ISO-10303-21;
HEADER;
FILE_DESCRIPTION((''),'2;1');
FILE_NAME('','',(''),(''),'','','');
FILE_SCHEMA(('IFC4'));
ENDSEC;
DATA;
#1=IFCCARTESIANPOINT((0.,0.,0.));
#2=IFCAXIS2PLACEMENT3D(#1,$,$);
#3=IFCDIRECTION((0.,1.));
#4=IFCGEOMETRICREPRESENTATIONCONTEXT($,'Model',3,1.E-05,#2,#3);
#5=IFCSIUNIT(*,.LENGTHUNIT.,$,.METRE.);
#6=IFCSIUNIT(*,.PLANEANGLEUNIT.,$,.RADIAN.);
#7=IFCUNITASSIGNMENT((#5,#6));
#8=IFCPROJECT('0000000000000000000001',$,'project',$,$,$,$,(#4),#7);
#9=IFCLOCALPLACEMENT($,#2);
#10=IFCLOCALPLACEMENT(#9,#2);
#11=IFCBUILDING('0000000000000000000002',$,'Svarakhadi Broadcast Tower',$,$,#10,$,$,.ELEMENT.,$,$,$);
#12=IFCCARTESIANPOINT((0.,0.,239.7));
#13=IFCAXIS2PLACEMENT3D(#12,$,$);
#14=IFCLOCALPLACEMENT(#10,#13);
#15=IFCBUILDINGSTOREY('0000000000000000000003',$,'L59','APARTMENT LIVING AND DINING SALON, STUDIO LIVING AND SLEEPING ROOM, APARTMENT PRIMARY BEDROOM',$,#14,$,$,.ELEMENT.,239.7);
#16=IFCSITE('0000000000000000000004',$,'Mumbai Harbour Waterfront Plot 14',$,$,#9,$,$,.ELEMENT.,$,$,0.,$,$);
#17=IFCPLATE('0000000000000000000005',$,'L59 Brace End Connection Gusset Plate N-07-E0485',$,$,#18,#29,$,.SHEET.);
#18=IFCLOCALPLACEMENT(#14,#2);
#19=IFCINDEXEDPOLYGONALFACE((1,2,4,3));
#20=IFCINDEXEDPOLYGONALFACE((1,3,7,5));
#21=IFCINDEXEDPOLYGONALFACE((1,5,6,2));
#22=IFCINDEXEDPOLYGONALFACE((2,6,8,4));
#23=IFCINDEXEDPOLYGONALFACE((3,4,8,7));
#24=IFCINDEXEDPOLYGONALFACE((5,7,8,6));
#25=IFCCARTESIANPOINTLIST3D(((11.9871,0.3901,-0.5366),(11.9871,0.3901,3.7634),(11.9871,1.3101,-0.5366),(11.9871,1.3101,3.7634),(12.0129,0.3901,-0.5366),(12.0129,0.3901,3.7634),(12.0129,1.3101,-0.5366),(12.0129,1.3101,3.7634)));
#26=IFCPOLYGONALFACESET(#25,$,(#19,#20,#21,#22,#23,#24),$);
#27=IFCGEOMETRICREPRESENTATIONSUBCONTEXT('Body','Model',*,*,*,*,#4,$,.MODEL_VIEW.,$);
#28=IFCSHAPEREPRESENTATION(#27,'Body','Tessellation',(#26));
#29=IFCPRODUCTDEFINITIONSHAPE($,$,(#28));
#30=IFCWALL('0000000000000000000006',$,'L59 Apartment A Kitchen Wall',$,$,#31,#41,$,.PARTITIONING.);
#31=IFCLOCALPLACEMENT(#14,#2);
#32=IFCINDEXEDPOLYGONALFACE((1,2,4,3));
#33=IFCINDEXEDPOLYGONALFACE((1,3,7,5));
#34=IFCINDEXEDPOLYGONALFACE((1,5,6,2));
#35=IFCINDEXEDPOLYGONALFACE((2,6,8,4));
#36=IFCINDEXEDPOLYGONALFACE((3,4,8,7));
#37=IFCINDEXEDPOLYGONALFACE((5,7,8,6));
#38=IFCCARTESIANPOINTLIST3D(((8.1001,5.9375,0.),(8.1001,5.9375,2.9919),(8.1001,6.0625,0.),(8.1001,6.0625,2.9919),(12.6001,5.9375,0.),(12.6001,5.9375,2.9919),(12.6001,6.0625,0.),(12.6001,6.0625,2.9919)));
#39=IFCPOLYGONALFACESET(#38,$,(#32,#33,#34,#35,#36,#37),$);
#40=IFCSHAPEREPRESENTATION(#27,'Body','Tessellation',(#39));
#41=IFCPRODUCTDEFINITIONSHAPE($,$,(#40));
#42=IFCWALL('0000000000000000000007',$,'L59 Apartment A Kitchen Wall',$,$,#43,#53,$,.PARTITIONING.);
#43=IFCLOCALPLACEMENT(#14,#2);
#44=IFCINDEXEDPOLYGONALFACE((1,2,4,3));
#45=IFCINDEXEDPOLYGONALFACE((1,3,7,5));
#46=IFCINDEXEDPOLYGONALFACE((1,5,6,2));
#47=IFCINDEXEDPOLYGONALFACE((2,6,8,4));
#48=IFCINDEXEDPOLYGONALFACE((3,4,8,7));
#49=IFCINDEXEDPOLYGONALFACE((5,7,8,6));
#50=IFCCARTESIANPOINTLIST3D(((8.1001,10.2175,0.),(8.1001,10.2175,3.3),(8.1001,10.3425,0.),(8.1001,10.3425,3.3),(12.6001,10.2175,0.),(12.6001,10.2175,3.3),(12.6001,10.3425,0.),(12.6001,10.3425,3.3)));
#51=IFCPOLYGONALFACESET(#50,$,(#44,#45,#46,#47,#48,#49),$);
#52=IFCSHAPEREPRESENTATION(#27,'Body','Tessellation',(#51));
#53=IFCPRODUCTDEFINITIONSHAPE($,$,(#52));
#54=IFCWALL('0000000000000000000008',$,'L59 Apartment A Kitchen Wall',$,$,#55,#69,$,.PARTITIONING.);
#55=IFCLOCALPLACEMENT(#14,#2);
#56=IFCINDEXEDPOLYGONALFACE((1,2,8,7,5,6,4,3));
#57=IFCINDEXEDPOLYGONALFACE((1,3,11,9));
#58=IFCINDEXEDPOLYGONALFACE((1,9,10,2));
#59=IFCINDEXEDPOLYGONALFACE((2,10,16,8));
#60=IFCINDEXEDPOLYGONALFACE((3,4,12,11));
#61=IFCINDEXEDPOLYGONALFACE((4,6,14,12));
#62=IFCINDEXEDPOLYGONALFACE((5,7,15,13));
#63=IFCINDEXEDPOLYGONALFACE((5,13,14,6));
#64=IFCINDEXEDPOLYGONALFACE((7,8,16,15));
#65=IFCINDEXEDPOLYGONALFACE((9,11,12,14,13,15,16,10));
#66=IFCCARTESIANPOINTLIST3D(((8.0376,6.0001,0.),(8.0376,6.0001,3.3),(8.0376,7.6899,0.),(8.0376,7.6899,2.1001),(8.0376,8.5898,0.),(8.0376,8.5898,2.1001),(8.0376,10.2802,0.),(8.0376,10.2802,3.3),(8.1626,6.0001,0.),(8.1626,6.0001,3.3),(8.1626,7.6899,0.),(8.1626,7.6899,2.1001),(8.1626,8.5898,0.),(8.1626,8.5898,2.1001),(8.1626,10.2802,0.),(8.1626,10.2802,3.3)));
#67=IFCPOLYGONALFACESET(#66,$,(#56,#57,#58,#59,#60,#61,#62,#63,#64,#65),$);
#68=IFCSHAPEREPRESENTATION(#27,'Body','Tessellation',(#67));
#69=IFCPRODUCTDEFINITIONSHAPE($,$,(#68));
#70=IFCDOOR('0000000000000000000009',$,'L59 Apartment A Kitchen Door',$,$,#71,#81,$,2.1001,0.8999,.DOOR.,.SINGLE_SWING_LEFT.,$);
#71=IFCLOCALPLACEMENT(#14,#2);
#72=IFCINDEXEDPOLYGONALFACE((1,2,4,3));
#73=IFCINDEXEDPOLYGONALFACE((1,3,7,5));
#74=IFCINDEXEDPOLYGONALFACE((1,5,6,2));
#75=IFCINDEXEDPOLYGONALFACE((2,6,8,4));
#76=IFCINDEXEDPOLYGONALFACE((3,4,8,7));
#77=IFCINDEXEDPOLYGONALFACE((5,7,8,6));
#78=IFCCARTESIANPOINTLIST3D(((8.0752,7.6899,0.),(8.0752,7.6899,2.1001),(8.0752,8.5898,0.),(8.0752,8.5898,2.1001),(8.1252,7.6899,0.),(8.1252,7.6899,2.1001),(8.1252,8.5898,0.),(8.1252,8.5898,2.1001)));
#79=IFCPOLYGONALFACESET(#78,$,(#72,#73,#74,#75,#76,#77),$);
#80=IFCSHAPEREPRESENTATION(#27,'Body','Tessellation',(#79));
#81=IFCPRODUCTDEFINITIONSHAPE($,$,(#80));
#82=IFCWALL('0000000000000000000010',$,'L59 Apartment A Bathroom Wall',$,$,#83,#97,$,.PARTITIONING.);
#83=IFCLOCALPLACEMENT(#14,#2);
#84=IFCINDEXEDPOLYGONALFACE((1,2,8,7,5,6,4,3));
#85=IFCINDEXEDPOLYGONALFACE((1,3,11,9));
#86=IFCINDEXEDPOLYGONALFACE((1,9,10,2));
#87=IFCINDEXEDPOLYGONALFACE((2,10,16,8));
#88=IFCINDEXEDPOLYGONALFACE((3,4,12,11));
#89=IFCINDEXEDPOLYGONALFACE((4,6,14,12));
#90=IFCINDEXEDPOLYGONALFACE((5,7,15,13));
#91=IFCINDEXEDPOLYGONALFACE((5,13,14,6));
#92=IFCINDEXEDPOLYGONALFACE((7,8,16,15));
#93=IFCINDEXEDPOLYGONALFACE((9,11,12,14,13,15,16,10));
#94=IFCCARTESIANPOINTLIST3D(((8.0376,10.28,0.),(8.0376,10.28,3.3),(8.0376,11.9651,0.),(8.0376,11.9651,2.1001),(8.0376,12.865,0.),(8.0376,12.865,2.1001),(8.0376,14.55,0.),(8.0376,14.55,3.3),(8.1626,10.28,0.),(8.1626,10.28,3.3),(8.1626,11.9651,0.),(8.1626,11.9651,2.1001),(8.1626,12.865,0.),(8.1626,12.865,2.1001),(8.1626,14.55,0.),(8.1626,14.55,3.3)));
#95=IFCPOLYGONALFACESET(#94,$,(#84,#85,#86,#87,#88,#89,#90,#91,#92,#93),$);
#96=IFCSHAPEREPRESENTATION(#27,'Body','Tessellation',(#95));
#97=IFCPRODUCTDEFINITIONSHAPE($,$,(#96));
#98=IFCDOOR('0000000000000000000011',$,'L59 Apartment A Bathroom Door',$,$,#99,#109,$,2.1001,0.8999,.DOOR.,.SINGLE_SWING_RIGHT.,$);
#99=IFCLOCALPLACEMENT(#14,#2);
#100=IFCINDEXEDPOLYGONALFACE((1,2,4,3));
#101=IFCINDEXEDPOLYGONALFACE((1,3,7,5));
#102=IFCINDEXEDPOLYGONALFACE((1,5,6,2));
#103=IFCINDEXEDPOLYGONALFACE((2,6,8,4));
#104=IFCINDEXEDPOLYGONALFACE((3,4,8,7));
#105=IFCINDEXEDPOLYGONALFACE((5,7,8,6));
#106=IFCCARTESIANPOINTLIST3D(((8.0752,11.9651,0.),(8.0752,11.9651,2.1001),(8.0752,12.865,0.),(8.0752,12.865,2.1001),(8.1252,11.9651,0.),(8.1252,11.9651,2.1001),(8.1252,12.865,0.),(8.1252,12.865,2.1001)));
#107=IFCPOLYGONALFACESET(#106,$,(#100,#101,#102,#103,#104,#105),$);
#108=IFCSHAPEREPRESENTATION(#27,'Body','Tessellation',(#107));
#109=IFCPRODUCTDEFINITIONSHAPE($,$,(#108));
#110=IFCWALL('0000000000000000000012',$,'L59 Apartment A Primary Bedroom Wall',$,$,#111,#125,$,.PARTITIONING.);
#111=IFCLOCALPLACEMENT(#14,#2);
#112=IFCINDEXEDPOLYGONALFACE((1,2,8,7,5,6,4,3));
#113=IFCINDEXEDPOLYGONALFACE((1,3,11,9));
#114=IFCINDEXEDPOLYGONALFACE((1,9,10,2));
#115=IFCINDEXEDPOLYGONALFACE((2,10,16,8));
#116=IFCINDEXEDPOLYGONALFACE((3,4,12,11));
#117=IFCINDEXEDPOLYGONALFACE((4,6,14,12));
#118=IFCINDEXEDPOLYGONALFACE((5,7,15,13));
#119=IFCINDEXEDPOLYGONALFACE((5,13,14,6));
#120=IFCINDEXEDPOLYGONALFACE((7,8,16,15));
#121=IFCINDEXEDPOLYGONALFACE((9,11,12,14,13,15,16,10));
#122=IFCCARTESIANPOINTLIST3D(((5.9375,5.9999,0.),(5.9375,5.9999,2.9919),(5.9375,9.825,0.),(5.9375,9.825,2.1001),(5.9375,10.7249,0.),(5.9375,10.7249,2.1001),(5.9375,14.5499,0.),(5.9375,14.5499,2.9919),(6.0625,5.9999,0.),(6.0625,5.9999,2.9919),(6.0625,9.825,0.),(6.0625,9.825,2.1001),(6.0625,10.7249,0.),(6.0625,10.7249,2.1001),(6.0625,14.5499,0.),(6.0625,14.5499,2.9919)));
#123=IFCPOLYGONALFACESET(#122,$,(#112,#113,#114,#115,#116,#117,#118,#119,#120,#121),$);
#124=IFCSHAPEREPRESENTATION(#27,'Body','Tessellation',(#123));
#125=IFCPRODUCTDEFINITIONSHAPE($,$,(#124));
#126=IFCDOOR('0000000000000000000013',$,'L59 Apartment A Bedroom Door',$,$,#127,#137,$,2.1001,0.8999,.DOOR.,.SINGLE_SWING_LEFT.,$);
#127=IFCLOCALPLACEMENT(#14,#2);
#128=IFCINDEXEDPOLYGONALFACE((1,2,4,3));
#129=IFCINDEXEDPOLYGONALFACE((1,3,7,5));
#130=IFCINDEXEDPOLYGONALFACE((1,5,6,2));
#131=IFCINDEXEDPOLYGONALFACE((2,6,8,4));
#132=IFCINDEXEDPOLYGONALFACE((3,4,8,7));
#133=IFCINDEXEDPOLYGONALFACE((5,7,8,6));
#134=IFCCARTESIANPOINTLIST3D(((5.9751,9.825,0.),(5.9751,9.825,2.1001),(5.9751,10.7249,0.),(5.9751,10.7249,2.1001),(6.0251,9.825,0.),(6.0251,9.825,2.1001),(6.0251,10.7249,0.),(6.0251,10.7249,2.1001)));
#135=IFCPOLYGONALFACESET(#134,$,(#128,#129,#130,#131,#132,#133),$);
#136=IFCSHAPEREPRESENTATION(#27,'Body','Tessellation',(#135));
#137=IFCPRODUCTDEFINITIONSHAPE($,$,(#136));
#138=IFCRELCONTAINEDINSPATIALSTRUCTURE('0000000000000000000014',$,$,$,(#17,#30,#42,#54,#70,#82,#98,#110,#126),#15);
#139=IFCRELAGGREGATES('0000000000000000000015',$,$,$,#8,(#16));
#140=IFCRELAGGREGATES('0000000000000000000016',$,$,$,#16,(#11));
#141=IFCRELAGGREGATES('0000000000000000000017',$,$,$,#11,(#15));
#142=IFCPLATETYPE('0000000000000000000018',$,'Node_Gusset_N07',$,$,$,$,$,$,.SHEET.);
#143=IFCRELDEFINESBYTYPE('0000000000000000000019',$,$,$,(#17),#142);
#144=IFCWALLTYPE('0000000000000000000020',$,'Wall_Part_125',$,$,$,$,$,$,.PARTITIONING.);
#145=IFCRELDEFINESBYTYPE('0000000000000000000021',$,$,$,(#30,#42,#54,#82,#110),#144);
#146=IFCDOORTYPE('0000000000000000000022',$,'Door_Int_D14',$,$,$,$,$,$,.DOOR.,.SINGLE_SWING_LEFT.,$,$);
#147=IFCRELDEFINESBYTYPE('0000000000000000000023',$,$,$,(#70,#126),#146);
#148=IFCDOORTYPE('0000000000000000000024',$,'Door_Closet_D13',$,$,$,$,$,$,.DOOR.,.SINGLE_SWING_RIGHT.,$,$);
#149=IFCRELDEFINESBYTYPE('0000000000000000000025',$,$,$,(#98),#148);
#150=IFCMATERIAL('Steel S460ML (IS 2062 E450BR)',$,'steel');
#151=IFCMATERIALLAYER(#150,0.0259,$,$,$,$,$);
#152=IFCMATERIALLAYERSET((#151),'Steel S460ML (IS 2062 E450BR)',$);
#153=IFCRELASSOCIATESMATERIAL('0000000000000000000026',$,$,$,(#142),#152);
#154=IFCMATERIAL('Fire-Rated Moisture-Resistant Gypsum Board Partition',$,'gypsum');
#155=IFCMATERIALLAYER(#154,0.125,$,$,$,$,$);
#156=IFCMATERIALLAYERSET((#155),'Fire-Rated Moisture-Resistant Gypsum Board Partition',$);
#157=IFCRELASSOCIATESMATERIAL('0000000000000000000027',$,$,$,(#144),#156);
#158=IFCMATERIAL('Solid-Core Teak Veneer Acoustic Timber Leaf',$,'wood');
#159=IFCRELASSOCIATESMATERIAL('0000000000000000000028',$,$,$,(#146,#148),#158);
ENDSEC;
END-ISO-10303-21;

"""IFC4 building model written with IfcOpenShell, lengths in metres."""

from ifc_helpers import new_model, si_unit, direction, frame, frame_2d, origin, origin_2d, place, context, subcontext, project, spatial, rectangle, extrude, material, layer, layer_set, type_object, element, fill, save


model = new_model("IFC4")

# Units and contexts
model_context = context("Model", 3, precision=1e-05, world=origin(), true_north=direction((0.0, 1.0)))
body_context = subcontext(model_context, "Body", "Model", "MODEL_VIEW")
ifc_project = project(units=[si_unit("LENGTHUNIT", "METRE"), si_unit("PLANEANGLEUNIT", "RADIAN")], contexts=[model_context])

# Site, building, storey
site_placement = place(None, origin())
site = spatial("IfcSite", under=ifc_project, at=site_placement, Name="Mumbai Harbour Waterfront Plot 14", CompositionType="ELEMENT", RefElevation=0.0)
building_placement = place(site_placement, origin())
building = spatial("IfcBuilding", under=site, at=building_placement, Name="Svarakhadi Broadcast Tower", CompositionType="ELEMENT")
storey_placement = place(building_placement, frame((0.0, 0.0, 239.7)))
storey = spatial("IfcBuildingStorey", under=building, at=storey_placement, Name="L59", Description="APARTMENT LIVING AND DINING SALON, STUDIO LIVING AND SLEEPING ROOM, APARTMENT PRIMARY BEDROOM", CompositionType="ELEMENT", Elevation=239.7)

# Shared definitions
ifc_material_1 = material(Name="Steel S460ML (IS 2062 E450BR)", Category="steel")

# Plate
ifc_layer_1 = layer(ifc_material_1, 0.0259)
ifc_layer_set_1 = layer_set([ifc_layer_1], Name="Steel S460ML (IS 2062 E450BR)")
plate_type = type_object("IfcPlateType", Name="Node_Gusset_N07", PredefinedType="SHEET", material=ifc_layer_set_1)
plate_placement = place(storey_placement, frame((12.0, 0.8501, -0.5366), z_axis=(0.0, 0.0, 1.0), x_axis=(0.0, 1.0, 0.0)))
element("IfcPlate", 1, at=plate_placement, inside=storey, type_object=plate_type, Name="L59 Brace End Connection Gusset Plate N-07-E0485", PredefinedType="SHEET", context=body_context, shape_type="SweptSolid", body=[
    extrude(rectangle(XDim=0.9199, YDim=0.0259, at=origin_2d()), origin(), (0.0, 0.0, 1.0), 4.3),
])

# Walls
ifc_material_2 = material(Name="Fire-Rated Moisture-Resistant Gypsum Board Partition", Category="gypsum")
ifc_layer_2 = layer(ifc_material_2, 0.125)
ifc_layer_set_2 = layer_set([ifc_layer_2], Name="Fire-Rated Moisture-Resistant Gypsum Board Partition")
wall_type = type_object("IfcWallType", Name="Wall_Part_125", PredefinedType="PARTITIONING", material=ifc_layer_set_2)
wall_1_placement = place(storey_placement, frame((8.1001, 6.0, 0.0), z_axis=(0.0, 0.0, 1.0), x_axis=(1.0, 0.0, 0.0)))
element("IfcWall", 2, at=wall_1_placement, inside=storey, type_object=wall_type, Name="L59 Apartment A Kitchen Wall", PredefinedType="PARTITIONING", context=body_context, shape_type="SweptSolid", body=[
    extrude(rectangle(XDim=4.5, YDim=0.125, at=frame_2d((2.25, 0.0))), origin(), (0.0, 0.0, 1.0), 2.9919),
])
wall_2_placement = place(storey_placement, frame((8.1001, 10.28, 0.0), z_axis=(0.0, 0.0, 1.0), x_axis=(1.0, 0.0, 0.0)))
element("IfcWall", 3, at=wall_2_placement, inside=storey, type_object=wall_type, Name="L59 Apartment A Kitchen Wall", PredefinedType="PARTITIONING", context=body_context, shape_type="SweptSolid", body=[
    extrude(rectangle(XDim=4.5, YDim=0.125, at=frame_2d((2.25, 0.0))), origin(), (0.0, 0.0, 1.0), 3.3),
])

# Walls, openings, doors
wall_3_placement = place(storey_placement, frame((8.1001, 6.0, 0.0), z_axis=(0.0, 0.0, 1.0), x_axis=(0.0, 1.0, 0.0)))
wall_3 = element("IfcWall", 4, at=wall_3_placement, inside=storey, type_object=wall_type, Name="L59 Apartment A Kitchen Wall", PredefinedType="PARTITIONING", context=body_context, shape_type="SweptSolid", body=[
    extrude(rectangle(XDim=4.28, YDim=0.125, at=frame_2d((2.1401, 0.0))), origin(), (0.0, 0.0, 1.0), 3.3),
])
opening_1_placement = place(wall_3_placement, frame((1.6899, 0.0, 0.0)))
opening_1 = element("IfcOpeningElement", 5, at=opening_1_placement, cuts=wall_3, PredefinedType="OPENING", context=body_context, shape_type="SweptSolid", body=[
    extrude(rectangle(XDim=0.8999, YDim=2.1001, at=frame_2d((0.45, 1.05))), frame((0.0, 0.0725, 0.0), z_axis=(0.0, -1.0, 0.0), x_axis=(1.0, 0.0, 0.0)), (0.0, 0.0, 1.0), 0.145),
])
ifc_material_3 = material(Name="Solid-Core Teak Veneer Acoustic Timber Leaf", Category="wood")
door_type_1 = type_object("IfcDoorType", Name="Door_Int_D14", OperationType="SINGLE_SWING_LEFT", PredefinedType="DOOR", material=ifc_material_3)
door_1_placement = place(opening_1_placement, origin())
door_1 = element("IfcDoor", 6, at=door_1_placement, inside=storey, type_object=door_type_1, Name="L59 Apartment A Kitchen Door", OperationType="SINGLE_SWING_LEFT", OverallHeight=2.1001, OverallWidth=0.8999, PredefinedType="DOOR", context=body_context, shape_type="SweptSolid", body=[
    extrude(rectangle(XDim=0.8999, YDim=2.1001, at=frame_2d((0.45, 1.05))), frame((0.0, 0.0249, 0.0), z_axis=(0.0, -1.0, 0.0), x_axis=(1.0, 0.0, 0.0)), (0.0, 0.0, 1.0), 0.05),
])
fill(opening_1, door_1)
wall_4_placement = place(storey_placement, frame((8.1001, 10.28, 0.0), z_axis=(0.0, 0.0, 1.0), x_axis=(0.0, 1.0, 0.0)))
wall_4 = element("IfcWall", 7, at=wall_4_placement, inside=storey, type_object=wall_type, Name="L59 Apartment A Bathroom Wall", PredefinedType="PARTITIONING", context=body_context, shape_type="SweptSolid", body=[
    extrude(rectangle(XDim=4.27, YDim=0.125, at=frame_2d((2.135, 0.0))), origin(), (0.0, 0.0, 1.0), 3.3),
])
opening_2_placement = place(wall_4_placement, frame((1.6851, 0.0, 0.0)))
opening_2 = element("IfcOpeningElement", 8, at=opening_2_placement, cuts=wall_4, PredefinedType="OPENING", context=body_context, shape_type="SweptSolid", body=[
    extrude(rectangle(XDim=0.8999, YDim=2.1001, at=frame_2d((0.45, 1.05))), frame((0.0, 0.0725, 0.0), z_axis=(0.0, -1.0, 0.0), x_axis=(1.0, 0.0, 0.0)), (0.0, 0.0, 1.0), 0.145),
])
door_type_2 = type_object("IfcDoorType", Name="Door_Closet_D13", OperationType="SINGLE_SWING_RIGHT", PredefinedType="DOOR", material=ifc_material_3)
door_2_placement = place(opening_2_placement, origin())
door_2 = element("IfcDoor", 9, at=door_2_placement, inside=storey, type_object=door_type_2, Name="L59 Apartment A Bathroom Door", OperationType="SINGLE_SWING_RIGHT", OverallHeight=2.1001, OverallWidth=0.8999, PredefinedType="DOOR", context=body_context, shape_type="SweptSolid", body=[
    extrude(rectangle(XDim=0.8999, YDim=2.1001, at=frame_2d((0.45, 1.05))), frame((0.0, 0.0249, 0.0), z_axis=(0.0, -1.0, 0.0), x_axis=(1.0, 0.0, 0.0)), (0.0, 0.0, 1.0), 0.05),
])
fill(opening_2, door_2)
wall_5_placement = place(storey_placement, frame((6.0, 6.0, 0.0), z_axis=(0.0, 0.0, 1.0), x_axis=(0.0, 1.0, 0.0)))
wall_5 = element("IfcWall", 10, at=wall_5_placement, inside=storey, type_object=wall_type, Name="L59 Apartment A Primary Bedroom Wall", PredefinedType="PARTITIONING", context=body_context, shape_type="SweptSolid", body=[
    extrude(rectangle(XDim=8.55, YDim=0.125, at=frame_2d((4.2749, 0.0))), origin(), (0.0, 0.0, 1.0), 2.9919),
])
opening_3_placement = place(wall_5_placement, frame((3.825, 0.0, 0.0)))
opening_3 = element("IfcOpeningElement", 11, at=opening_3_placement, cuts=wall_5, PredefinedType="OPENING", context=body_context, shape_type="SweptSolid", body=[
    extrude(rectangle(XDim=0.8999, YDim=2.1001, at=frame_2d((0.45, 1.05))), frame((0.0, 0.0725, 0.0), z_axis=(0.0, -1.0, 0.0), x_axis=(1.0, 0.0, 0.0)), (0.0, 0.0, 1.0), 0.145),
])
door_3_placement = place(opening_3_placement, origin())
door_3 = element("IfcDoor", 12, at=door_3_placement, inside=storey, type_object=door_type_1, Name="L59 Apartment A Bedroom Door", OperationType="SINGLE_SWING_LEFT", OverallHeight=2.1001, OverallWidth=0.8999, PredefinedType="DOOR", context=body_context, shape_type="SweptSolid", body=[
    extrude(rectangle(XDim=0.8999, YDim=2.1001, at=frame_2d((0.45, 1.05))), frame((0.0, 0.0249, 0.0), z_axis=(0.0, -1.0, 0.0), x_axis=(1.0, 0.0, 0.0)), (0.0, 0.0, 1.0), 0.05),
])
fill(opening_3, door_3)

save(model, "model.ifc")
